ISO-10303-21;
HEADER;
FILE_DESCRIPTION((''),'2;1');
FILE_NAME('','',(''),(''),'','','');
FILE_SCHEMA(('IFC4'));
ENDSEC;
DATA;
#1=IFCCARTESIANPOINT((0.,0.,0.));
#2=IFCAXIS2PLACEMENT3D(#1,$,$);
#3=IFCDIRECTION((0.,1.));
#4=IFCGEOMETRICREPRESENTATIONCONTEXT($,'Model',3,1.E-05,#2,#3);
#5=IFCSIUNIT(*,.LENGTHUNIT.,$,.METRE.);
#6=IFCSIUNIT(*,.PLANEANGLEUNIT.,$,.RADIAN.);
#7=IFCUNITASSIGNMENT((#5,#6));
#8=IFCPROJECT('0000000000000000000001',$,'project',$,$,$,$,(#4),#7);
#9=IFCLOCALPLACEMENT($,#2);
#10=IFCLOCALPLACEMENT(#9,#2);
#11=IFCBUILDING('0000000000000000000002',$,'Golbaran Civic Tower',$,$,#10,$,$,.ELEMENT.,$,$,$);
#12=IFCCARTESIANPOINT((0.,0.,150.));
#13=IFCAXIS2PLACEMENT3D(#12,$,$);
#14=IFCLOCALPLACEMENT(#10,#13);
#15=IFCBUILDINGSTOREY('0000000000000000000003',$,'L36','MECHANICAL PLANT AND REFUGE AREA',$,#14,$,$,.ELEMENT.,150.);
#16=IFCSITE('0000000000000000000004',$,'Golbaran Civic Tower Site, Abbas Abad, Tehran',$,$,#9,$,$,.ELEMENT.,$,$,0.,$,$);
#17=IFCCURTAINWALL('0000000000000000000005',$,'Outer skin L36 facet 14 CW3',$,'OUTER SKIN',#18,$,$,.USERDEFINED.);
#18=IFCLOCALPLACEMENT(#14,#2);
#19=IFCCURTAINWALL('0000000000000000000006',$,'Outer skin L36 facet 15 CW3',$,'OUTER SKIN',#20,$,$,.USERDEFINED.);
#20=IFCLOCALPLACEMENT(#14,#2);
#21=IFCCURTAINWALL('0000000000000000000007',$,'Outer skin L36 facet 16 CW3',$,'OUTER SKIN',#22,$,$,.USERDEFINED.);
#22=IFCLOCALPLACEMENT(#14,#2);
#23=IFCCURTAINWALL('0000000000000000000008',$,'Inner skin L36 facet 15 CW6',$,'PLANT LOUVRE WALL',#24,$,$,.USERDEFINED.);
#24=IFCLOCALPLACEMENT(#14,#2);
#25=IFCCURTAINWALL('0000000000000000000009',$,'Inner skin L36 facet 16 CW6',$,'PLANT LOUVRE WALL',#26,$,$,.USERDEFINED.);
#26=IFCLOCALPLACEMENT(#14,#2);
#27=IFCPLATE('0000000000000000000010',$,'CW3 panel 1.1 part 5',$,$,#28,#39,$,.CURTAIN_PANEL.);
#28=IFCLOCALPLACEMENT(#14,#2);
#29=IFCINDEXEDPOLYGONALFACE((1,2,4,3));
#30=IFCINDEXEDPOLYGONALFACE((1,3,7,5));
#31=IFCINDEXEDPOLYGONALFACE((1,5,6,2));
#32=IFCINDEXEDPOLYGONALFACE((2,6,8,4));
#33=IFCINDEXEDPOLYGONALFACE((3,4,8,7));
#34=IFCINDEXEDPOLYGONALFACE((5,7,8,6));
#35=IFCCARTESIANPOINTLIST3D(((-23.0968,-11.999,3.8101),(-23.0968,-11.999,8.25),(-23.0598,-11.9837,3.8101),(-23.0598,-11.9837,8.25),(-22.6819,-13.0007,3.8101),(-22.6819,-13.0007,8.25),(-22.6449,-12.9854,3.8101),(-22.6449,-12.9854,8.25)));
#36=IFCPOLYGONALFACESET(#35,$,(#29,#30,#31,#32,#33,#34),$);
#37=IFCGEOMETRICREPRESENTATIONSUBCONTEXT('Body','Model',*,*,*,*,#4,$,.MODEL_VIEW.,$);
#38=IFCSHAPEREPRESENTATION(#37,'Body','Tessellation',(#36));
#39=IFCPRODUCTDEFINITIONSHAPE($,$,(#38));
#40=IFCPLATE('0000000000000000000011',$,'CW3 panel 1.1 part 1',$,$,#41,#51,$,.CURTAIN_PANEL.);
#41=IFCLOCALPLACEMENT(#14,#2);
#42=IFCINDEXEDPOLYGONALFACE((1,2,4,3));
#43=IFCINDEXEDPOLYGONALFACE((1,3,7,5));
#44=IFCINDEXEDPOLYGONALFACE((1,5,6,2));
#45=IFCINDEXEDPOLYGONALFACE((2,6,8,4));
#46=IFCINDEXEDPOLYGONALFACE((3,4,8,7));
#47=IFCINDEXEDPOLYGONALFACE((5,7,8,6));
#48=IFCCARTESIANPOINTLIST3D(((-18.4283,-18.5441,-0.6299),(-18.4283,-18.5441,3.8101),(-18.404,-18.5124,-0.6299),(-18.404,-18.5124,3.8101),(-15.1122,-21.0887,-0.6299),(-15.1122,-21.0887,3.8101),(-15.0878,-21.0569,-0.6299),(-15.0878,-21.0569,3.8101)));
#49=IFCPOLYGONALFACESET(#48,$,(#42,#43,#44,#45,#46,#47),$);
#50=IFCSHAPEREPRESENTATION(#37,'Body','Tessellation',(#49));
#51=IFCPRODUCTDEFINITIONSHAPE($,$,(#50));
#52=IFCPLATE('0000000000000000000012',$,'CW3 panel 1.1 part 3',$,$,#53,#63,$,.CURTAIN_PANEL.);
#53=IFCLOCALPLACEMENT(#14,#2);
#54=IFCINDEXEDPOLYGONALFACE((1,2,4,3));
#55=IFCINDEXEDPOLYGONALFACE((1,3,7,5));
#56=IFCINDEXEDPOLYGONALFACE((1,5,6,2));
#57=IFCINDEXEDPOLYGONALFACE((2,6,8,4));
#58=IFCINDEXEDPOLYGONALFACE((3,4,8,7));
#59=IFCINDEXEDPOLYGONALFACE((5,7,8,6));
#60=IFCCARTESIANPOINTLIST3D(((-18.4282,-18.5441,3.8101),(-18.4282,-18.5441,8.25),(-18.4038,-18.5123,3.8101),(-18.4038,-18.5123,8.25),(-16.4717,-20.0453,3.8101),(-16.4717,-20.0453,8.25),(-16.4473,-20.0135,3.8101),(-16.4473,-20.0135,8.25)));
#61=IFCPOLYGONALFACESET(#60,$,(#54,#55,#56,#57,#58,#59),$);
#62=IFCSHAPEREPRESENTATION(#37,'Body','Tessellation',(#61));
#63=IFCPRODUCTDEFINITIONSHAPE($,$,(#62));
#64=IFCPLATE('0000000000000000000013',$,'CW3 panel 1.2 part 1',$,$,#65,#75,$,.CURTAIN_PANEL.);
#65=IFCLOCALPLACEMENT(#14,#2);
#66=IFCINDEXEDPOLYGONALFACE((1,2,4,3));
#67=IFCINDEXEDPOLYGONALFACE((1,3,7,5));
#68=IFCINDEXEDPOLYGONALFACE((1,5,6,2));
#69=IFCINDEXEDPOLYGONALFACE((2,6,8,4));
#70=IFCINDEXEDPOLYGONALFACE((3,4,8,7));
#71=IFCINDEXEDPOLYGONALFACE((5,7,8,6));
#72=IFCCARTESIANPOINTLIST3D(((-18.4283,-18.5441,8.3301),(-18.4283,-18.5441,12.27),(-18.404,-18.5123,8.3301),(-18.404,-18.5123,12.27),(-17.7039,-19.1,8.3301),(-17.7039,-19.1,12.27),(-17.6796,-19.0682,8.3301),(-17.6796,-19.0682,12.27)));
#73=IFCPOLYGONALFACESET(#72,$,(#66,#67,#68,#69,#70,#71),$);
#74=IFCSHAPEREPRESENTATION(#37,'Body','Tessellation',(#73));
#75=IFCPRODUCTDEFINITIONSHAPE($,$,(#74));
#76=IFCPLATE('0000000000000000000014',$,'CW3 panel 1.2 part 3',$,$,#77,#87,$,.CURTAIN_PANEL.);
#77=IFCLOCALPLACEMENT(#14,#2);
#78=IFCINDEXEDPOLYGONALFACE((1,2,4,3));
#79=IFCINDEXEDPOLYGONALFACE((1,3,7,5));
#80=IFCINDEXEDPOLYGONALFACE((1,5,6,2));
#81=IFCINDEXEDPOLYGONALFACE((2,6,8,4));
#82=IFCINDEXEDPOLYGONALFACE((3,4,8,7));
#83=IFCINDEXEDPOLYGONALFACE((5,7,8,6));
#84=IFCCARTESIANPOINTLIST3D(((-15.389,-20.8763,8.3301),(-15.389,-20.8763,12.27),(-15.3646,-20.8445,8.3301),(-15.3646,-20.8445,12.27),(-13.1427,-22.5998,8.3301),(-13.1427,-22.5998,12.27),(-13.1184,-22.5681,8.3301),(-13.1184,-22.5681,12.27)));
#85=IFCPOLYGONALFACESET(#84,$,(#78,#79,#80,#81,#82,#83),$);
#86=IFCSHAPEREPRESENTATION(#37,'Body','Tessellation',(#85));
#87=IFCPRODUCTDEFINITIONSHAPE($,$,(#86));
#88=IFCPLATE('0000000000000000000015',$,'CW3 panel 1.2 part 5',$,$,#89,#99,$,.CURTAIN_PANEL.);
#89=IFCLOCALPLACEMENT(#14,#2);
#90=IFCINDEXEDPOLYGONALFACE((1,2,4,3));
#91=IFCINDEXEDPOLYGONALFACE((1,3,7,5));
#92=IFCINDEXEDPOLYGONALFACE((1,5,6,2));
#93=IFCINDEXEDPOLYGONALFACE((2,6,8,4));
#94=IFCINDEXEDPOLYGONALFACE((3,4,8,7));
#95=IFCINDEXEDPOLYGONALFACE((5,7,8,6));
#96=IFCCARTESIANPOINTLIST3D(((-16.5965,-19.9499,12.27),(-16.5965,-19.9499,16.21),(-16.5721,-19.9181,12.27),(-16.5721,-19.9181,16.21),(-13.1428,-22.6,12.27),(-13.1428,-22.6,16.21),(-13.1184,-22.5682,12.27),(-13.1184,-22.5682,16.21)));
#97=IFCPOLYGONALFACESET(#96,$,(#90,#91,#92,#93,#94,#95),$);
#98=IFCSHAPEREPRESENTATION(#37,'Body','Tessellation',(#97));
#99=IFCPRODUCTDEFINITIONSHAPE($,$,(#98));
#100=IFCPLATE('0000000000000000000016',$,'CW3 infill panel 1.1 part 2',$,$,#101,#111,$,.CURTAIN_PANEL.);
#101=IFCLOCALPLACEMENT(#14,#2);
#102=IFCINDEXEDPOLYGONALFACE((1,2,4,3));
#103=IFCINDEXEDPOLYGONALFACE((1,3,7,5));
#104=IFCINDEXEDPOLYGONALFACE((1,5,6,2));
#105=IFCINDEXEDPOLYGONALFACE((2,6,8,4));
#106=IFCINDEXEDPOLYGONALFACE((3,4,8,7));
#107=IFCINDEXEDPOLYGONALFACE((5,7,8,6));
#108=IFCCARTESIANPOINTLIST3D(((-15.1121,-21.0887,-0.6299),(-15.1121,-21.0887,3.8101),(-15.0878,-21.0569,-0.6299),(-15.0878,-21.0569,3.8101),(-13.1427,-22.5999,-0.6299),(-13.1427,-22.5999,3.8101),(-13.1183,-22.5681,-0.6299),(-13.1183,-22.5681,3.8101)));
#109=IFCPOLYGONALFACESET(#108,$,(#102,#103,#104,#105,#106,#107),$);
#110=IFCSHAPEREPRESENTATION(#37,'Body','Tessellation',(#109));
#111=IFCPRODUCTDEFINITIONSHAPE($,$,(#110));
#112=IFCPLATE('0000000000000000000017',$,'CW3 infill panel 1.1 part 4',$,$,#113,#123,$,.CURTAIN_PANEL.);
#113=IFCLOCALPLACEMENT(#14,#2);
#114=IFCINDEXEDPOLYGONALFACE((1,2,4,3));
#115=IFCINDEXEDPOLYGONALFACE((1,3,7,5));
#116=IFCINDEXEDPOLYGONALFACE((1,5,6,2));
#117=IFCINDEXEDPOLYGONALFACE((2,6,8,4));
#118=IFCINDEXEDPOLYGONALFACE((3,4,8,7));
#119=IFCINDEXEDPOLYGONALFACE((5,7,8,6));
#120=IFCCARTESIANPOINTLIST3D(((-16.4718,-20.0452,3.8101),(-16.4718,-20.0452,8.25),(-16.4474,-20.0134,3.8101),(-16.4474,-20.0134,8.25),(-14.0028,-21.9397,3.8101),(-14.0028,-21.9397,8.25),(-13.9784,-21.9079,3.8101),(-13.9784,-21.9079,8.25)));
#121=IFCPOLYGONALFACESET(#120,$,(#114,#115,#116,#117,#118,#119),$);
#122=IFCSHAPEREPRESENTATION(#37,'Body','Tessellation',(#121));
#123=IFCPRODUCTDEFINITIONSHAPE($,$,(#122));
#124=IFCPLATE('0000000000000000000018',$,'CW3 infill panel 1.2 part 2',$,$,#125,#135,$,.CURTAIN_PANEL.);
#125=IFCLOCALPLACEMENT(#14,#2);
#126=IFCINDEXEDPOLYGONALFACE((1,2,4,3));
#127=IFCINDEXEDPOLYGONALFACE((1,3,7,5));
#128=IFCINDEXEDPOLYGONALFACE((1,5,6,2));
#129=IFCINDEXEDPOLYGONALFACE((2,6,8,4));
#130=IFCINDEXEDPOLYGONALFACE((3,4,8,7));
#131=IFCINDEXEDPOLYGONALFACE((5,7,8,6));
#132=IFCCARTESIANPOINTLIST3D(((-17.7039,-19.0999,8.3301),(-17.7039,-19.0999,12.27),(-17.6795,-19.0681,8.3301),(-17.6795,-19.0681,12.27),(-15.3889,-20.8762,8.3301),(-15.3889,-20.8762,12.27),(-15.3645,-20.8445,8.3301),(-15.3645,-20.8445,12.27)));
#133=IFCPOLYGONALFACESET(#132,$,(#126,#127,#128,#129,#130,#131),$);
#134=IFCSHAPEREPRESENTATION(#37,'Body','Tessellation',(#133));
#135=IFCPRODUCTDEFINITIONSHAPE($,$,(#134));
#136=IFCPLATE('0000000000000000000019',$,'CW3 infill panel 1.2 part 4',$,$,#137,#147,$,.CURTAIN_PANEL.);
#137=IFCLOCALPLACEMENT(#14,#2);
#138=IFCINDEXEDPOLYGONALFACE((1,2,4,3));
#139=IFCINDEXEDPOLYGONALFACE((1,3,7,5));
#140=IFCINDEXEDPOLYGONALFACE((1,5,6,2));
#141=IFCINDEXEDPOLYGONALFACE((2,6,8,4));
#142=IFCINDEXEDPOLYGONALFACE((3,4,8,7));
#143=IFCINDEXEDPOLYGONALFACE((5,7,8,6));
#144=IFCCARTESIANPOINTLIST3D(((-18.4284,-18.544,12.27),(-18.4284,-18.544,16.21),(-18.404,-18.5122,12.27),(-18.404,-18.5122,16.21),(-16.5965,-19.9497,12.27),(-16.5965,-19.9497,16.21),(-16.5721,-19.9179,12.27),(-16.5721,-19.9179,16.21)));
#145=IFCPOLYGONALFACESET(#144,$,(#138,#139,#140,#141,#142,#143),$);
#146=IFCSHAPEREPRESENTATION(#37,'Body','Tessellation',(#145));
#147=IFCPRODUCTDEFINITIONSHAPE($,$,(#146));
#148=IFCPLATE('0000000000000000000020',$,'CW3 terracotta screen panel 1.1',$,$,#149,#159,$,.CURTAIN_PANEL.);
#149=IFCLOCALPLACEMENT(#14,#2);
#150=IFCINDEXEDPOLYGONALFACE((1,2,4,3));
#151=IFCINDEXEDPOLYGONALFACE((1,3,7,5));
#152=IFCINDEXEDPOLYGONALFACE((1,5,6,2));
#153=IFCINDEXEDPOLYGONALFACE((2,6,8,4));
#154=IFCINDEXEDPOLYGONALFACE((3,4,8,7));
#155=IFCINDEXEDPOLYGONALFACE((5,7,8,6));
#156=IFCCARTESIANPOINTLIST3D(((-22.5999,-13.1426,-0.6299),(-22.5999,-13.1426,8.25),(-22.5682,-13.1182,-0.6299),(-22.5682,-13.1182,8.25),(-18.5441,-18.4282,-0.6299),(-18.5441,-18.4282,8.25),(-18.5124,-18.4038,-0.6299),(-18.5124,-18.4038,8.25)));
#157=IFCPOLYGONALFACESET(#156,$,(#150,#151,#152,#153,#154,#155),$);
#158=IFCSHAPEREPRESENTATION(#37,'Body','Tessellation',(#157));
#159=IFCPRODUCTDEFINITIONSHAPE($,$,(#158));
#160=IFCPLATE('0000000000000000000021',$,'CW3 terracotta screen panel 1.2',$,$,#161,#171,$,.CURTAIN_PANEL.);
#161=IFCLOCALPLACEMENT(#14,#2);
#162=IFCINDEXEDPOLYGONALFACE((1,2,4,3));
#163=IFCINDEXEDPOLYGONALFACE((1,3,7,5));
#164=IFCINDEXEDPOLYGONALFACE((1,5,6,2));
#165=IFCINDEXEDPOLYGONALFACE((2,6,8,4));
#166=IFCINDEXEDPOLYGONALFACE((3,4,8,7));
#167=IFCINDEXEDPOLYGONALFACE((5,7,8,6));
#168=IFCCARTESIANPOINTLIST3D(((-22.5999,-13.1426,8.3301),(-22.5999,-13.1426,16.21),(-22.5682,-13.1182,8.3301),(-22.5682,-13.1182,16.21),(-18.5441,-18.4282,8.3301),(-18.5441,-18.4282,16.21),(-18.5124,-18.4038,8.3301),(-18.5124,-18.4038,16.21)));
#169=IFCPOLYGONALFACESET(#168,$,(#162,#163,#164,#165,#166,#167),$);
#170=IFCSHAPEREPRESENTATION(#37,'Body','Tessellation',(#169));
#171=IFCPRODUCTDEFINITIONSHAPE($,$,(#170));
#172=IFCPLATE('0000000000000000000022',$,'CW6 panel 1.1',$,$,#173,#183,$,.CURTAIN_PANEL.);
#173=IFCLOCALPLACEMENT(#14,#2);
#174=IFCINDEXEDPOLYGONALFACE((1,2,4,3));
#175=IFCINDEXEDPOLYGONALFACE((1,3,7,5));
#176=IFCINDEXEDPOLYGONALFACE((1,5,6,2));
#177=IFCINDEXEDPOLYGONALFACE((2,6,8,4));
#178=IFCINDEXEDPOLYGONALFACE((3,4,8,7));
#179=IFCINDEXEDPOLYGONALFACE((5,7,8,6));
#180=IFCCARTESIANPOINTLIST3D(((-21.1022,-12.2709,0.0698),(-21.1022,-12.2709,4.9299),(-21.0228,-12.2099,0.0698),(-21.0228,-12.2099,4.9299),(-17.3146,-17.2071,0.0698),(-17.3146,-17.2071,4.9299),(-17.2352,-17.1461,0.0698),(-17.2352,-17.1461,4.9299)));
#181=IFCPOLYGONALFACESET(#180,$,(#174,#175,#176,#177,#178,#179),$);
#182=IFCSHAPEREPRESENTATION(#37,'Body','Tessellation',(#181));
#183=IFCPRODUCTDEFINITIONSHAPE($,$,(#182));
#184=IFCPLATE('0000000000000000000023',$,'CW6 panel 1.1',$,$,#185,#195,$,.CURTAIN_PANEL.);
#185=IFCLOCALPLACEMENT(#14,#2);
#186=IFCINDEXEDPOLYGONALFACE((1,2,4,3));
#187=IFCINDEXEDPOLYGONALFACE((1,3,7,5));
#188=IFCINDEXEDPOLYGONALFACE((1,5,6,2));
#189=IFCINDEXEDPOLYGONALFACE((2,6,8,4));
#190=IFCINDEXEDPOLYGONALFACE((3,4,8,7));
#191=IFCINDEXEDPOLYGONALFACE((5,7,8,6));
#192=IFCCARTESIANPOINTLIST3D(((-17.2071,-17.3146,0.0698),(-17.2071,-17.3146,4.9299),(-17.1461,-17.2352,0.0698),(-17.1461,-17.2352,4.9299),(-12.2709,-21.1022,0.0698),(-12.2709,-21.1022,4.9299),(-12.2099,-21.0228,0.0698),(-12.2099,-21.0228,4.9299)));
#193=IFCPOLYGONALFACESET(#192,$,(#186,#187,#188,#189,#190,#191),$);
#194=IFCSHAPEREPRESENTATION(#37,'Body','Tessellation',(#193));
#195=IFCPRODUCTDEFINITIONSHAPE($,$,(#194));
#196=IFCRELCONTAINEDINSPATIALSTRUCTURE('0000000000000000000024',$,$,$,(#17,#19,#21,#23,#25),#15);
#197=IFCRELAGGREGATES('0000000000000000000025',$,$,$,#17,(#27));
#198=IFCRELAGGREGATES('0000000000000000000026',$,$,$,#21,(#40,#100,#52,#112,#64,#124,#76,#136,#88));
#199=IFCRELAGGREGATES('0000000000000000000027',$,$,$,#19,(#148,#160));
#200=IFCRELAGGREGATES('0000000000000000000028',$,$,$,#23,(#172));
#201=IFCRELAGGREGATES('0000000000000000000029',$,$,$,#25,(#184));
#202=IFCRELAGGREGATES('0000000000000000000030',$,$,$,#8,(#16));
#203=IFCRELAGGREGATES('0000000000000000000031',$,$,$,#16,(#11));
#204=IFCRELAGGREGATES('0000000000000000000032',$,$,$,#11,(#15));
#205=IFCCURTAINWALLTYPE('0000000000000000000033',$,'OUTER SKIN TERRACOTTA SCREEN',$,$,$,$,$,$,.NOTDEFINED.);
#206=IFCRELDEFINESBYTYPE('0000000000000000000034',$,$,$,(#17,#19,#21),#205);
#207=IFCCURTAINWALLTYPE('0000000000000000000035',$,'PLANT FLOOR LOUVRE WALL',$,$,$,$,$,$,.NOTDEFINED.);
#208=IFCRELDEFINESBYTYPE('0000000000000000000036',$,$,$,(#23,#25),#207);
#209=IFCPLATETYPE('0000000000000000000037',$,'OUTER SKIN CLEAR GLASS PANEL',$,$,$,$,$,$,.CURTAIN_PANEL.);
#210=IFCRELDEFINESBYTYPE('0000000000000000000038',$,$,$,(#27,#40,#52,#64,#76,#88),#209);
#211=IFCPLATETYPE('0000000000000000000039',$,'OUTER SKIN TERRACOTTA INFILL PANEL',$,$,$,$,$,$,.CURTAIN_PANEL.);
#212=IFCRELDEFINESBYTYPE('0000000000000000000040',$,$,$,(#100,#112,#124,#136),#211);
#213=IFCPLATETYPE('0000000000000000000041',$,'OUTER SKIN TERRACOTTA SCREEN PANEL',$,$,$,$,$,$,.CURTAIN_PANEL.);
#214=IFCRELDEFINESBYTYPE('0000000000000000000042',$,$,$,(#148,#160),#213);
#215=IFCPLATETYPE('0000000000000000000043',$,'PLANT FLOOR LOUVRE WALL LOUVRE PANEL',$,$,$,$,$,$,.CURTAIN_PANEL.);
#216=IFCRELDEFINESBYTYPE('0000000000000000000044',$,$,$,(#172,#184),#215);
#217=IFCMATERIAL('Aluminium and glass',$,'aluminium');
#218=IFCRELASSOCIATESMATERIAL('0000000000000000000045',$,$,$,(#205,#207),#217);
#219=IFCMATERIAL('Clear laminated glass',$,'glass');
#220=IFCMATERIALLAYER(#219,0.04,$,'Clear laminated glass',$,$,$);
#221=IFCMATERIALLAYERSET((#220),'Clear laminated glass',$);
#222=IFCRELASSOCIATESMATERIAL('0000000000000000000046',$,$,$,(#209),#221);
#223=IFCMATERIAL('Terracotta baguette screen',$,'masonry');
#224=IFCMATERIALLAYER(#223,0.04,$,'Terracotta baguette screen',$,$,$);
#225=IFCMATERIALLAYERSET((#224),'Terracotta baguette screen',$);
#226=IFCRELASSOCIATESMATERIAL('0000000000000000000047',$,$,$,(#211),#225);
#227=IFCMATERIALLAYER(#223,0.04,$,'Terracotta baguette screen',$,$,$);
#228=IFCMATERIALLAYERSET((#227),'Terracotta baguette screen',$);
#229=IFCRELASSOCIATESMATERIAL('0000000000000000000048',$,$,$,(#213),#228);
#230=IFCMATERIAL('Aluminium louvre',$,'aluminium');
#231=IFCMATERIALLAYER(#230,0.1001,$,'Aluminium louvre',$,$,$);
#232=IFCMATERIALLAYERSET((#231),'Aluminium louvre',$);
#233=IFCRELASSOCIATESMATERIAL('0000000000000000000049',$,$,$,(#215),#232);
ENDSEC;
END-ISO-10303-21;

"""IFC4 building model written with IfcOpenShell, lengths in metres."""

from ifc_helpers import new_model, si_unit, direction, frame, origin, origin_2d, place, context, subcontext, project, spatial, rectangle, extrude, material, layer, layer_set, type_object, element, aggregate, save


model = new_model("IFC4")

# Units and contexts
model_context = context("Model", 3, precision=1e-05, world=origin(), true_north=direction((0.0, 1.0)))
body_context = subcontext(model_context, "Body", "Model", "MODEL_VIEW")
ifc_project = project(units=[si_unit("LENGTHUNIT", "METRE"), si_unit("PLANEANGLEUNIT", "RADIAN")], contexts=[model_context])

# Site, building, storey
site_placement = place(None, origin())
site = spatial("IfcSite", under=ifc_project, at=site_placement, Name="Golbaran Civic Tower Site, Abbas Abad, Tehran", CompositionType="ELEMENT", RefElevation=0.0)
building_placement = place(site_placement, origin())
building = spatial("IfcBuilding", under=site, at=building_placement, Name="Golbaran Civic Tower", CompositionType="ELEMENT")
storey_placement = place(building_placement, frame((0.0, 0.0, 150.0)))
storey = spatial("IfcBuildingStorey", under=building, at=storey_placement, Name="L36", Description="MECHANICAL PLANT AND REFUGE AREA", CompositionType="ELEMENT", Elevation=150.0)

# Curtain wall
ifc_material_1 = material(Name="Aluminium and glass", Category="aluminium")
curtain_wall_type_1 = type_object("IfcCurtainWallType", Name="OUTER SKIN TERRACOTTA SCREEN", PredefinedType="NOTDEFINED", material=ifc_material_1)
curtain_wall_1_placement = place(storey_placement, origin())
curtain_wall_1 = element("IfcCurtainWall", 1, at=curtain_wall_1_placement, inside=storey, type_object=curtain_wall_type_1, Name="Outer skin L36 facet 14 CW3", ObjectType="OUTER SKIN", PredefinedType="USERDEFINED")

# Curtain wall
curtain_wall_2_placement = place(storey_placement, origin())
curtain_wall_2 = element("IfcCurtainWall", 2, at=curtain_wall_2_placement, inside=storey, type_object=curtain_wall_type_1, Name="Outer skin L36 facet 15 CW3", ObjectType="OUTER SKIN", PredefinedType="USERDEFINED")

# Curtain wall
curtain_wall_3_placement = place(storey_placement, origin())
curtain_wall_3 = element("IfcCurtainWall", 3, at=curtain_wall_3_placement, inside=storey, type_object=curtain_wall_type_1, Name="Outer skin L36 facet 16 CW3", ObjectType="OUTER SKIN", PredefinedType="USERDEFINED")

# Shared definitions
curtain_wall_type_2 = type_object("IfcCurtainWallType", Name="PLANT FLOOR LOUVRE WALL", PredefinedType="NOTDEFINED", material=ifc_material_1)

# Curtain wall
curtain_wall_4_placement = place(storey_placement, origin())
curtain_wall_4 = element("IfcCurtainWall", 4, at=curtain_wall_4_placement, inside=storey, type_object=curtain_wall_type_2, Name="Inner skin L36 facet 15 CW6", ObjectType="PLANT LOUVRE WALL", PredefinedType="USERDEFINED")

# Curtain wall
curtain_wall_5_placement = place(storey_placement, origin())
curtain_wall_5 = element("IfcCurtainWall", 5, at=curtain_wall_5_placement, inside=storey, type_object=curtain_wall_type_2, Name="Inner skin L36 facet 16 CW6", ObjectType="PLANT LOUVRE WALL", PredefinedType="USERDEFINED")

# Plates
ifc_material_2 = material(Name="Clear laminated glass", Category="glass")
ifc_layer_1 = layer(ifc_material_2, 0.04, Name="Clear laminated glass")
ifc_layer_set_1 = layer_set([ifc_layer_1], Name="Clear laminated glass")
plate_type_1 = type_object("IfcPlateType", Name="OUTER SKIN CLEAR GLASS PANEL", PredefinedType="CURTAIN_PANEL", material=ifc_layer_set_1)
plate_1_placement = place(storey_placement, frame((-22.8708, -12.4922, 3.8101), z_axis=(0.0, 0.0, 1.0), x_axis=(0.382683, -0.92388, 0.0)))
plate_1 = element("IfcPlate", 6, at=plate_1_placement, type_object=plate_type_1, Name="CW3 panel 1.1 part 5", PredefinedType="CURTAIN_PANEL", context=body_context, shape_type="SweptSolid", body=[
    extrude(rectangle(XDim=1.0842, YDim=0.04, at=origin_2d()), origin(), (0.0, 0.0, 1.0), 4.4399),
])
aggregate(curtain_wall_1, [plate_1])
plate_2_placement = place(storey_placement, frame((-16.7581, -19.8005, -0.6299), z_axis=(0.0, 0.0, 1.0), x_axis=(0.793353, -0.608761, 0.0)))
plate_2 = element("IfcPlate", 7, at=plate_2_placement, type_object=plate_type_1, Name="CW3 panel 1.1 part 1", PredefinedType="CURTAIN_PANEL", context=body_context, shape_type="SweptSolid", body=[
    extrude(rectangle(XDim=4.1799, YDim=0.04, at=origin_2d()), origin(), (0.0, 0.0, 1.0), 4.4399),
])
plate_3_placement = place(storey_placement, frame((-17.4377, -19.2788, 3.8101), z_axis=(0.0, 0.0, 1.0), x_axis=(0.793353, -0.608761, 0.0)))
plate_3 = element("IfcPlate", 8, at=plate_3_placement, type_object=plate_type_1, Name="CW3 panel 1.1 part 3", PredefinedType="CURTAIN_PANEL", context=body_context, shape_type="SweptSolid", body=[
    extrude(rectangle(XDim=2.4661, YDim=0.04, at=origin_2d()), origin(), (0.0, 0.0, 1.0), 4.4399),
])
plate_4_placement = place(storey_placement, frame((-18.054, -18.8062, 8.3301), z_axis=(0.0, 0.0, 1.0), x_axis=(0.793353, -0.608761, 0.0)))
plate_4 = element("IfcPlate", 9, at=plate_4_placement, type_object=plate_type_1, Name="CW3 panel 1.2 part 1", PredefinedType="CURTAIN_PANEL", context=body_context, shape_type="SweptSolid", body=[
    extrude(rectangle(XDim=0.9131, YDim=0.04, at=origin_2d()), origin(), (0.0, 0.0, 1.0), 3.9399),
])
plate_5_placement = place(storey_placement, frame((-14.2537, -21.7222, 8.3301), z_axis=(0.0, 0.0, 1.0), x_axis=(0.793353, -0.608761, 0.0)))
plate_5 = element("IfcPlate", 10, at=plate_5_placement, type_object=plate_type_1, Name="CW3 panel 1.2 part 3", PredefinedType="CURTAIN_PANEL", context=body_context, shape_type="SweptSolid", body=[
    extrude(rectangle(XDim=2.8313, YDim=0.04, at=origin_2d()), origin(), (0.0, 0.0, 1.0), 3.9399),
])
plate_6_placement = place(storey_placement, frame((-14.8574, -21.259, 12.27), z_axis=(0.0, 0.0, 1.0), x_axis=(0.793353, -0.608761, 0.0)))
plate_6 = element("IfcPlate", 11, at=plate_6_placement, type_object=plate_type_1, Name="CW3 panel 1.2 part 5", PredefinedType="CURTAIN_PANEL", context=body_context, shape_type="SweptSolid", body=[
    extrude(rectangle(XDim=4.3533, YDim=0.04, at=origin_2d()), origin(), (0.0, 0.0, 1.0), 3.9399),
])
ifc_material_3 = material(Name="Terracotta baguette screen", Category="masonry")
ifc_layer_2 = layer(ifc_material_3, 0.04, Name="Terracotta baguette screen")
ifc_layer_set_2 = layer_set([ifc_layer_2], Name="Terracotta baguette screen")
plate_type_2 = type_object("IfcPlateType", Name="OUTER SKIN TERRACOTTA INFILL PANEL", PredefinedType="CURTAIN_PANEL", material=ifc_layer_set_2)
plate_7_placement = place(storey_placement, frame((-14.1152, -21.8284, -0.6299), z_axis=(0.0, 0.0, 1.0), x_axis=(0.793353, -0.608761, 0.0)))
plate_7 = element("IfcPlate", 12, at=plate_7_placement, type_object=plate_type_2, Name="CW3 infill panel 1.1 part 2", PredefinedType="CURTAIN_PANEL", context=body_context, shape_type="SweptSolid", body=[
    extrude(rectangle(XDim=2.4824, YDim=0.04, at=origin_2d()), origin(), (0.0, 0.0, 1.0), 4.4399),
])
plate_8_placement = place(storey_placement, frame((-15.2251, -20.9766, 3.8101), z_axis=(0.0, 0.0, 1.0), x_axis=(0.793353, -0.608761, 0.0)))
plate_8 = element("IfcPlate", 13, at=plate_8_placement, type_object=plate_type_2, Name="CW3 infill panel 1.1 part 4", PredefinedType="CURTAIN_PANEL", context=body_context, shape_type="SweptSolid", body=[
    extrude(rectangle(XDim=3.1121, YDim=0.04, at=origin_2d()), origin(), (0.0, 0.0, 1.0), 4.4399),
])
plate_9_placement = place(storey_placement, frame((-16.5342, -19.9722, 8.3301), z_axis=(0.0, 0.0, 1.0), x_axis=(0.793353, -0.608761, 0.0)))
plate_9 = element("IfcPlate", 14, at=plate_9_placement, type_object=plate_type_2, Name="CW3 infill panel 1.2 part 2", PredefinedType="CURTAIN_PANEL", context=body_context, shape_type="SweptSolid", body=[
    extrude(rectangle(XDim=2.918, YDim=0.04, at=origin_2d()), origin(), (0.0, 0.0, 1.0), 3.9399),
])
plate_10_placement = place(storey_placement, frame((-17.5002, -19.231, 12.27), z_axis=(0.0, 0.0, 1.0), x_axis=(0.793353, -0.608761, 0.0)))
plate_10 = element("IfcPlate", 15, at=plate_10_placement, type_object=plate_type_2, Name="CW3 infill panel 1.2 part 4", PredefinedType="CURTAIN_PANEL", context=body_context, shape_type="SweptSolid", body=[
    extrude(rectangle(XDim=2.3091, YDim=0.04, at=origin_2d()), origin(), (0.0, 0.0, 1.0), 3.9399),
])
aggregate(curtain_wall_3, [plate_2, plate_7, plate_3, plate_8, plate_4, plate_9, plate_5, plate_10, plate_6])
ifc_layer_3 = layer(ifc_material_3, 0.04, Name="Terracotta baguette screen")
ifc_layer_set_3 = layer_set([ifc_layer_3], Name="Terracotta baguette screen")
plate_type_3 = type_object("IfcPlateType", Name="OUTER SKIN TERRACOTTA SCREEN PANEL", PredefinedType="CURTAIN_PANEL", material=ifc_layer_set_3)
plate_11_placement = place(storey_placement, frame((-20.5562, -15.7732, -0.6299), z_axis=(0.0, 0.0, 1.0), x_axis=(0.608761, -0.793353, 0.0)))
plate_11 = element("IfcPlate", 16, at=plate_11_placement, type_object=plate_type_3, Name="CW3 terracotta screen panel 1.1", PredefinedType="CURTAIN_PANEL", context=body_context, shape_type="SweptSolid", body=[
    extrude(rectangle(XDim=6.6624, YDim=0.04, at=origin_2d()), origin(), (0.0, 0.0, 1.0), 8.8799),
])
plate_12_placement = place(storey_placement, frame((-20.5562, -15.7732, 8.3301), z_axis=(0.0, 0.0, 1.0), x_axis=(0.608761, -0.793353, 0.0)))
plate_12 = element("IfcPlate", 17, at=plate_12_placement, type_object=plate_type_3, Name="CW3 terracotta screen panel 1.2", PredefinedType="CURTAIN_PANEL", context=body_context, shape_type="SweptSolid", body=[
    extrude(rectangle(XDim=6.6624, YDim=0.04, at=origin_2d()), origin(), (0.0, 0.0, 1.0), 7.8799),
])
aggregate(curtain_wall_2, [plate_11, plate_12])
ifc_material_4 = material(Name="Aluminium louvre", Category="aluminium")
ifc_layer_4 = layer(ifc_material_4, 0.1001, Name="Aluminium louvre")
ifc_layer_set_4 = layer_set([ifc_layer_4], Name="Aluminium louvre")
plate_type_4 = type_object("IfcPlateType", Name="PLANT FLOOR LOUVRE WALL LOUVRE PANEL", PredefinedType="CURTAIN_PANEL", material=ifc_layer_set_4)
plate_13_placement = place(storey_placement, frame((-19.1687, -14.7085, 0.0698), z_axis=(0.0, 0.0, 1.0), x_axis=(0.608761, -0.793353, 0.0)))
plate_13 = element("IfcPlate", 18, at=plate_13_placement, type_object=plate_type_4, Name="CW6 panel 1.1", PredefinedType="CURTAIN_PANEL", context=body_context, shape_type="SweptSolid", body=[
    extrude(rectangle(XDim=6.2219, YDim=0.1001, at=origin_2d()), origin(), (0.0, 0.0, 1.0), 4.8601),
])
aggregate(curtain_wall_4, [plate_13])
plate_14_placement = place(storey_placement, frame((-14.7085, -19.1687, 0.0698), z_axis=(0.0, 0.0, 1.0), x_axis=(0.793353, -0.608761, 0.0)))
plate_14 = element("IfcPlate", 19, at=plate_14_placement, type_object=plate_type_4, Name="CW6 panel 1.1", PredefinedType="CURTAIN_PANEL", context=body_context, shape_type="SweptSolid", body=[
    extrude(rectangle(XDim=6.2219, YDim=0.1001, at=origin_2d()), origin(), (0.0, 0.0, 1.0), 4.8601),
])
aggregate(curtain_wall_5, [plate_14])

save(model, "model.ifc")
